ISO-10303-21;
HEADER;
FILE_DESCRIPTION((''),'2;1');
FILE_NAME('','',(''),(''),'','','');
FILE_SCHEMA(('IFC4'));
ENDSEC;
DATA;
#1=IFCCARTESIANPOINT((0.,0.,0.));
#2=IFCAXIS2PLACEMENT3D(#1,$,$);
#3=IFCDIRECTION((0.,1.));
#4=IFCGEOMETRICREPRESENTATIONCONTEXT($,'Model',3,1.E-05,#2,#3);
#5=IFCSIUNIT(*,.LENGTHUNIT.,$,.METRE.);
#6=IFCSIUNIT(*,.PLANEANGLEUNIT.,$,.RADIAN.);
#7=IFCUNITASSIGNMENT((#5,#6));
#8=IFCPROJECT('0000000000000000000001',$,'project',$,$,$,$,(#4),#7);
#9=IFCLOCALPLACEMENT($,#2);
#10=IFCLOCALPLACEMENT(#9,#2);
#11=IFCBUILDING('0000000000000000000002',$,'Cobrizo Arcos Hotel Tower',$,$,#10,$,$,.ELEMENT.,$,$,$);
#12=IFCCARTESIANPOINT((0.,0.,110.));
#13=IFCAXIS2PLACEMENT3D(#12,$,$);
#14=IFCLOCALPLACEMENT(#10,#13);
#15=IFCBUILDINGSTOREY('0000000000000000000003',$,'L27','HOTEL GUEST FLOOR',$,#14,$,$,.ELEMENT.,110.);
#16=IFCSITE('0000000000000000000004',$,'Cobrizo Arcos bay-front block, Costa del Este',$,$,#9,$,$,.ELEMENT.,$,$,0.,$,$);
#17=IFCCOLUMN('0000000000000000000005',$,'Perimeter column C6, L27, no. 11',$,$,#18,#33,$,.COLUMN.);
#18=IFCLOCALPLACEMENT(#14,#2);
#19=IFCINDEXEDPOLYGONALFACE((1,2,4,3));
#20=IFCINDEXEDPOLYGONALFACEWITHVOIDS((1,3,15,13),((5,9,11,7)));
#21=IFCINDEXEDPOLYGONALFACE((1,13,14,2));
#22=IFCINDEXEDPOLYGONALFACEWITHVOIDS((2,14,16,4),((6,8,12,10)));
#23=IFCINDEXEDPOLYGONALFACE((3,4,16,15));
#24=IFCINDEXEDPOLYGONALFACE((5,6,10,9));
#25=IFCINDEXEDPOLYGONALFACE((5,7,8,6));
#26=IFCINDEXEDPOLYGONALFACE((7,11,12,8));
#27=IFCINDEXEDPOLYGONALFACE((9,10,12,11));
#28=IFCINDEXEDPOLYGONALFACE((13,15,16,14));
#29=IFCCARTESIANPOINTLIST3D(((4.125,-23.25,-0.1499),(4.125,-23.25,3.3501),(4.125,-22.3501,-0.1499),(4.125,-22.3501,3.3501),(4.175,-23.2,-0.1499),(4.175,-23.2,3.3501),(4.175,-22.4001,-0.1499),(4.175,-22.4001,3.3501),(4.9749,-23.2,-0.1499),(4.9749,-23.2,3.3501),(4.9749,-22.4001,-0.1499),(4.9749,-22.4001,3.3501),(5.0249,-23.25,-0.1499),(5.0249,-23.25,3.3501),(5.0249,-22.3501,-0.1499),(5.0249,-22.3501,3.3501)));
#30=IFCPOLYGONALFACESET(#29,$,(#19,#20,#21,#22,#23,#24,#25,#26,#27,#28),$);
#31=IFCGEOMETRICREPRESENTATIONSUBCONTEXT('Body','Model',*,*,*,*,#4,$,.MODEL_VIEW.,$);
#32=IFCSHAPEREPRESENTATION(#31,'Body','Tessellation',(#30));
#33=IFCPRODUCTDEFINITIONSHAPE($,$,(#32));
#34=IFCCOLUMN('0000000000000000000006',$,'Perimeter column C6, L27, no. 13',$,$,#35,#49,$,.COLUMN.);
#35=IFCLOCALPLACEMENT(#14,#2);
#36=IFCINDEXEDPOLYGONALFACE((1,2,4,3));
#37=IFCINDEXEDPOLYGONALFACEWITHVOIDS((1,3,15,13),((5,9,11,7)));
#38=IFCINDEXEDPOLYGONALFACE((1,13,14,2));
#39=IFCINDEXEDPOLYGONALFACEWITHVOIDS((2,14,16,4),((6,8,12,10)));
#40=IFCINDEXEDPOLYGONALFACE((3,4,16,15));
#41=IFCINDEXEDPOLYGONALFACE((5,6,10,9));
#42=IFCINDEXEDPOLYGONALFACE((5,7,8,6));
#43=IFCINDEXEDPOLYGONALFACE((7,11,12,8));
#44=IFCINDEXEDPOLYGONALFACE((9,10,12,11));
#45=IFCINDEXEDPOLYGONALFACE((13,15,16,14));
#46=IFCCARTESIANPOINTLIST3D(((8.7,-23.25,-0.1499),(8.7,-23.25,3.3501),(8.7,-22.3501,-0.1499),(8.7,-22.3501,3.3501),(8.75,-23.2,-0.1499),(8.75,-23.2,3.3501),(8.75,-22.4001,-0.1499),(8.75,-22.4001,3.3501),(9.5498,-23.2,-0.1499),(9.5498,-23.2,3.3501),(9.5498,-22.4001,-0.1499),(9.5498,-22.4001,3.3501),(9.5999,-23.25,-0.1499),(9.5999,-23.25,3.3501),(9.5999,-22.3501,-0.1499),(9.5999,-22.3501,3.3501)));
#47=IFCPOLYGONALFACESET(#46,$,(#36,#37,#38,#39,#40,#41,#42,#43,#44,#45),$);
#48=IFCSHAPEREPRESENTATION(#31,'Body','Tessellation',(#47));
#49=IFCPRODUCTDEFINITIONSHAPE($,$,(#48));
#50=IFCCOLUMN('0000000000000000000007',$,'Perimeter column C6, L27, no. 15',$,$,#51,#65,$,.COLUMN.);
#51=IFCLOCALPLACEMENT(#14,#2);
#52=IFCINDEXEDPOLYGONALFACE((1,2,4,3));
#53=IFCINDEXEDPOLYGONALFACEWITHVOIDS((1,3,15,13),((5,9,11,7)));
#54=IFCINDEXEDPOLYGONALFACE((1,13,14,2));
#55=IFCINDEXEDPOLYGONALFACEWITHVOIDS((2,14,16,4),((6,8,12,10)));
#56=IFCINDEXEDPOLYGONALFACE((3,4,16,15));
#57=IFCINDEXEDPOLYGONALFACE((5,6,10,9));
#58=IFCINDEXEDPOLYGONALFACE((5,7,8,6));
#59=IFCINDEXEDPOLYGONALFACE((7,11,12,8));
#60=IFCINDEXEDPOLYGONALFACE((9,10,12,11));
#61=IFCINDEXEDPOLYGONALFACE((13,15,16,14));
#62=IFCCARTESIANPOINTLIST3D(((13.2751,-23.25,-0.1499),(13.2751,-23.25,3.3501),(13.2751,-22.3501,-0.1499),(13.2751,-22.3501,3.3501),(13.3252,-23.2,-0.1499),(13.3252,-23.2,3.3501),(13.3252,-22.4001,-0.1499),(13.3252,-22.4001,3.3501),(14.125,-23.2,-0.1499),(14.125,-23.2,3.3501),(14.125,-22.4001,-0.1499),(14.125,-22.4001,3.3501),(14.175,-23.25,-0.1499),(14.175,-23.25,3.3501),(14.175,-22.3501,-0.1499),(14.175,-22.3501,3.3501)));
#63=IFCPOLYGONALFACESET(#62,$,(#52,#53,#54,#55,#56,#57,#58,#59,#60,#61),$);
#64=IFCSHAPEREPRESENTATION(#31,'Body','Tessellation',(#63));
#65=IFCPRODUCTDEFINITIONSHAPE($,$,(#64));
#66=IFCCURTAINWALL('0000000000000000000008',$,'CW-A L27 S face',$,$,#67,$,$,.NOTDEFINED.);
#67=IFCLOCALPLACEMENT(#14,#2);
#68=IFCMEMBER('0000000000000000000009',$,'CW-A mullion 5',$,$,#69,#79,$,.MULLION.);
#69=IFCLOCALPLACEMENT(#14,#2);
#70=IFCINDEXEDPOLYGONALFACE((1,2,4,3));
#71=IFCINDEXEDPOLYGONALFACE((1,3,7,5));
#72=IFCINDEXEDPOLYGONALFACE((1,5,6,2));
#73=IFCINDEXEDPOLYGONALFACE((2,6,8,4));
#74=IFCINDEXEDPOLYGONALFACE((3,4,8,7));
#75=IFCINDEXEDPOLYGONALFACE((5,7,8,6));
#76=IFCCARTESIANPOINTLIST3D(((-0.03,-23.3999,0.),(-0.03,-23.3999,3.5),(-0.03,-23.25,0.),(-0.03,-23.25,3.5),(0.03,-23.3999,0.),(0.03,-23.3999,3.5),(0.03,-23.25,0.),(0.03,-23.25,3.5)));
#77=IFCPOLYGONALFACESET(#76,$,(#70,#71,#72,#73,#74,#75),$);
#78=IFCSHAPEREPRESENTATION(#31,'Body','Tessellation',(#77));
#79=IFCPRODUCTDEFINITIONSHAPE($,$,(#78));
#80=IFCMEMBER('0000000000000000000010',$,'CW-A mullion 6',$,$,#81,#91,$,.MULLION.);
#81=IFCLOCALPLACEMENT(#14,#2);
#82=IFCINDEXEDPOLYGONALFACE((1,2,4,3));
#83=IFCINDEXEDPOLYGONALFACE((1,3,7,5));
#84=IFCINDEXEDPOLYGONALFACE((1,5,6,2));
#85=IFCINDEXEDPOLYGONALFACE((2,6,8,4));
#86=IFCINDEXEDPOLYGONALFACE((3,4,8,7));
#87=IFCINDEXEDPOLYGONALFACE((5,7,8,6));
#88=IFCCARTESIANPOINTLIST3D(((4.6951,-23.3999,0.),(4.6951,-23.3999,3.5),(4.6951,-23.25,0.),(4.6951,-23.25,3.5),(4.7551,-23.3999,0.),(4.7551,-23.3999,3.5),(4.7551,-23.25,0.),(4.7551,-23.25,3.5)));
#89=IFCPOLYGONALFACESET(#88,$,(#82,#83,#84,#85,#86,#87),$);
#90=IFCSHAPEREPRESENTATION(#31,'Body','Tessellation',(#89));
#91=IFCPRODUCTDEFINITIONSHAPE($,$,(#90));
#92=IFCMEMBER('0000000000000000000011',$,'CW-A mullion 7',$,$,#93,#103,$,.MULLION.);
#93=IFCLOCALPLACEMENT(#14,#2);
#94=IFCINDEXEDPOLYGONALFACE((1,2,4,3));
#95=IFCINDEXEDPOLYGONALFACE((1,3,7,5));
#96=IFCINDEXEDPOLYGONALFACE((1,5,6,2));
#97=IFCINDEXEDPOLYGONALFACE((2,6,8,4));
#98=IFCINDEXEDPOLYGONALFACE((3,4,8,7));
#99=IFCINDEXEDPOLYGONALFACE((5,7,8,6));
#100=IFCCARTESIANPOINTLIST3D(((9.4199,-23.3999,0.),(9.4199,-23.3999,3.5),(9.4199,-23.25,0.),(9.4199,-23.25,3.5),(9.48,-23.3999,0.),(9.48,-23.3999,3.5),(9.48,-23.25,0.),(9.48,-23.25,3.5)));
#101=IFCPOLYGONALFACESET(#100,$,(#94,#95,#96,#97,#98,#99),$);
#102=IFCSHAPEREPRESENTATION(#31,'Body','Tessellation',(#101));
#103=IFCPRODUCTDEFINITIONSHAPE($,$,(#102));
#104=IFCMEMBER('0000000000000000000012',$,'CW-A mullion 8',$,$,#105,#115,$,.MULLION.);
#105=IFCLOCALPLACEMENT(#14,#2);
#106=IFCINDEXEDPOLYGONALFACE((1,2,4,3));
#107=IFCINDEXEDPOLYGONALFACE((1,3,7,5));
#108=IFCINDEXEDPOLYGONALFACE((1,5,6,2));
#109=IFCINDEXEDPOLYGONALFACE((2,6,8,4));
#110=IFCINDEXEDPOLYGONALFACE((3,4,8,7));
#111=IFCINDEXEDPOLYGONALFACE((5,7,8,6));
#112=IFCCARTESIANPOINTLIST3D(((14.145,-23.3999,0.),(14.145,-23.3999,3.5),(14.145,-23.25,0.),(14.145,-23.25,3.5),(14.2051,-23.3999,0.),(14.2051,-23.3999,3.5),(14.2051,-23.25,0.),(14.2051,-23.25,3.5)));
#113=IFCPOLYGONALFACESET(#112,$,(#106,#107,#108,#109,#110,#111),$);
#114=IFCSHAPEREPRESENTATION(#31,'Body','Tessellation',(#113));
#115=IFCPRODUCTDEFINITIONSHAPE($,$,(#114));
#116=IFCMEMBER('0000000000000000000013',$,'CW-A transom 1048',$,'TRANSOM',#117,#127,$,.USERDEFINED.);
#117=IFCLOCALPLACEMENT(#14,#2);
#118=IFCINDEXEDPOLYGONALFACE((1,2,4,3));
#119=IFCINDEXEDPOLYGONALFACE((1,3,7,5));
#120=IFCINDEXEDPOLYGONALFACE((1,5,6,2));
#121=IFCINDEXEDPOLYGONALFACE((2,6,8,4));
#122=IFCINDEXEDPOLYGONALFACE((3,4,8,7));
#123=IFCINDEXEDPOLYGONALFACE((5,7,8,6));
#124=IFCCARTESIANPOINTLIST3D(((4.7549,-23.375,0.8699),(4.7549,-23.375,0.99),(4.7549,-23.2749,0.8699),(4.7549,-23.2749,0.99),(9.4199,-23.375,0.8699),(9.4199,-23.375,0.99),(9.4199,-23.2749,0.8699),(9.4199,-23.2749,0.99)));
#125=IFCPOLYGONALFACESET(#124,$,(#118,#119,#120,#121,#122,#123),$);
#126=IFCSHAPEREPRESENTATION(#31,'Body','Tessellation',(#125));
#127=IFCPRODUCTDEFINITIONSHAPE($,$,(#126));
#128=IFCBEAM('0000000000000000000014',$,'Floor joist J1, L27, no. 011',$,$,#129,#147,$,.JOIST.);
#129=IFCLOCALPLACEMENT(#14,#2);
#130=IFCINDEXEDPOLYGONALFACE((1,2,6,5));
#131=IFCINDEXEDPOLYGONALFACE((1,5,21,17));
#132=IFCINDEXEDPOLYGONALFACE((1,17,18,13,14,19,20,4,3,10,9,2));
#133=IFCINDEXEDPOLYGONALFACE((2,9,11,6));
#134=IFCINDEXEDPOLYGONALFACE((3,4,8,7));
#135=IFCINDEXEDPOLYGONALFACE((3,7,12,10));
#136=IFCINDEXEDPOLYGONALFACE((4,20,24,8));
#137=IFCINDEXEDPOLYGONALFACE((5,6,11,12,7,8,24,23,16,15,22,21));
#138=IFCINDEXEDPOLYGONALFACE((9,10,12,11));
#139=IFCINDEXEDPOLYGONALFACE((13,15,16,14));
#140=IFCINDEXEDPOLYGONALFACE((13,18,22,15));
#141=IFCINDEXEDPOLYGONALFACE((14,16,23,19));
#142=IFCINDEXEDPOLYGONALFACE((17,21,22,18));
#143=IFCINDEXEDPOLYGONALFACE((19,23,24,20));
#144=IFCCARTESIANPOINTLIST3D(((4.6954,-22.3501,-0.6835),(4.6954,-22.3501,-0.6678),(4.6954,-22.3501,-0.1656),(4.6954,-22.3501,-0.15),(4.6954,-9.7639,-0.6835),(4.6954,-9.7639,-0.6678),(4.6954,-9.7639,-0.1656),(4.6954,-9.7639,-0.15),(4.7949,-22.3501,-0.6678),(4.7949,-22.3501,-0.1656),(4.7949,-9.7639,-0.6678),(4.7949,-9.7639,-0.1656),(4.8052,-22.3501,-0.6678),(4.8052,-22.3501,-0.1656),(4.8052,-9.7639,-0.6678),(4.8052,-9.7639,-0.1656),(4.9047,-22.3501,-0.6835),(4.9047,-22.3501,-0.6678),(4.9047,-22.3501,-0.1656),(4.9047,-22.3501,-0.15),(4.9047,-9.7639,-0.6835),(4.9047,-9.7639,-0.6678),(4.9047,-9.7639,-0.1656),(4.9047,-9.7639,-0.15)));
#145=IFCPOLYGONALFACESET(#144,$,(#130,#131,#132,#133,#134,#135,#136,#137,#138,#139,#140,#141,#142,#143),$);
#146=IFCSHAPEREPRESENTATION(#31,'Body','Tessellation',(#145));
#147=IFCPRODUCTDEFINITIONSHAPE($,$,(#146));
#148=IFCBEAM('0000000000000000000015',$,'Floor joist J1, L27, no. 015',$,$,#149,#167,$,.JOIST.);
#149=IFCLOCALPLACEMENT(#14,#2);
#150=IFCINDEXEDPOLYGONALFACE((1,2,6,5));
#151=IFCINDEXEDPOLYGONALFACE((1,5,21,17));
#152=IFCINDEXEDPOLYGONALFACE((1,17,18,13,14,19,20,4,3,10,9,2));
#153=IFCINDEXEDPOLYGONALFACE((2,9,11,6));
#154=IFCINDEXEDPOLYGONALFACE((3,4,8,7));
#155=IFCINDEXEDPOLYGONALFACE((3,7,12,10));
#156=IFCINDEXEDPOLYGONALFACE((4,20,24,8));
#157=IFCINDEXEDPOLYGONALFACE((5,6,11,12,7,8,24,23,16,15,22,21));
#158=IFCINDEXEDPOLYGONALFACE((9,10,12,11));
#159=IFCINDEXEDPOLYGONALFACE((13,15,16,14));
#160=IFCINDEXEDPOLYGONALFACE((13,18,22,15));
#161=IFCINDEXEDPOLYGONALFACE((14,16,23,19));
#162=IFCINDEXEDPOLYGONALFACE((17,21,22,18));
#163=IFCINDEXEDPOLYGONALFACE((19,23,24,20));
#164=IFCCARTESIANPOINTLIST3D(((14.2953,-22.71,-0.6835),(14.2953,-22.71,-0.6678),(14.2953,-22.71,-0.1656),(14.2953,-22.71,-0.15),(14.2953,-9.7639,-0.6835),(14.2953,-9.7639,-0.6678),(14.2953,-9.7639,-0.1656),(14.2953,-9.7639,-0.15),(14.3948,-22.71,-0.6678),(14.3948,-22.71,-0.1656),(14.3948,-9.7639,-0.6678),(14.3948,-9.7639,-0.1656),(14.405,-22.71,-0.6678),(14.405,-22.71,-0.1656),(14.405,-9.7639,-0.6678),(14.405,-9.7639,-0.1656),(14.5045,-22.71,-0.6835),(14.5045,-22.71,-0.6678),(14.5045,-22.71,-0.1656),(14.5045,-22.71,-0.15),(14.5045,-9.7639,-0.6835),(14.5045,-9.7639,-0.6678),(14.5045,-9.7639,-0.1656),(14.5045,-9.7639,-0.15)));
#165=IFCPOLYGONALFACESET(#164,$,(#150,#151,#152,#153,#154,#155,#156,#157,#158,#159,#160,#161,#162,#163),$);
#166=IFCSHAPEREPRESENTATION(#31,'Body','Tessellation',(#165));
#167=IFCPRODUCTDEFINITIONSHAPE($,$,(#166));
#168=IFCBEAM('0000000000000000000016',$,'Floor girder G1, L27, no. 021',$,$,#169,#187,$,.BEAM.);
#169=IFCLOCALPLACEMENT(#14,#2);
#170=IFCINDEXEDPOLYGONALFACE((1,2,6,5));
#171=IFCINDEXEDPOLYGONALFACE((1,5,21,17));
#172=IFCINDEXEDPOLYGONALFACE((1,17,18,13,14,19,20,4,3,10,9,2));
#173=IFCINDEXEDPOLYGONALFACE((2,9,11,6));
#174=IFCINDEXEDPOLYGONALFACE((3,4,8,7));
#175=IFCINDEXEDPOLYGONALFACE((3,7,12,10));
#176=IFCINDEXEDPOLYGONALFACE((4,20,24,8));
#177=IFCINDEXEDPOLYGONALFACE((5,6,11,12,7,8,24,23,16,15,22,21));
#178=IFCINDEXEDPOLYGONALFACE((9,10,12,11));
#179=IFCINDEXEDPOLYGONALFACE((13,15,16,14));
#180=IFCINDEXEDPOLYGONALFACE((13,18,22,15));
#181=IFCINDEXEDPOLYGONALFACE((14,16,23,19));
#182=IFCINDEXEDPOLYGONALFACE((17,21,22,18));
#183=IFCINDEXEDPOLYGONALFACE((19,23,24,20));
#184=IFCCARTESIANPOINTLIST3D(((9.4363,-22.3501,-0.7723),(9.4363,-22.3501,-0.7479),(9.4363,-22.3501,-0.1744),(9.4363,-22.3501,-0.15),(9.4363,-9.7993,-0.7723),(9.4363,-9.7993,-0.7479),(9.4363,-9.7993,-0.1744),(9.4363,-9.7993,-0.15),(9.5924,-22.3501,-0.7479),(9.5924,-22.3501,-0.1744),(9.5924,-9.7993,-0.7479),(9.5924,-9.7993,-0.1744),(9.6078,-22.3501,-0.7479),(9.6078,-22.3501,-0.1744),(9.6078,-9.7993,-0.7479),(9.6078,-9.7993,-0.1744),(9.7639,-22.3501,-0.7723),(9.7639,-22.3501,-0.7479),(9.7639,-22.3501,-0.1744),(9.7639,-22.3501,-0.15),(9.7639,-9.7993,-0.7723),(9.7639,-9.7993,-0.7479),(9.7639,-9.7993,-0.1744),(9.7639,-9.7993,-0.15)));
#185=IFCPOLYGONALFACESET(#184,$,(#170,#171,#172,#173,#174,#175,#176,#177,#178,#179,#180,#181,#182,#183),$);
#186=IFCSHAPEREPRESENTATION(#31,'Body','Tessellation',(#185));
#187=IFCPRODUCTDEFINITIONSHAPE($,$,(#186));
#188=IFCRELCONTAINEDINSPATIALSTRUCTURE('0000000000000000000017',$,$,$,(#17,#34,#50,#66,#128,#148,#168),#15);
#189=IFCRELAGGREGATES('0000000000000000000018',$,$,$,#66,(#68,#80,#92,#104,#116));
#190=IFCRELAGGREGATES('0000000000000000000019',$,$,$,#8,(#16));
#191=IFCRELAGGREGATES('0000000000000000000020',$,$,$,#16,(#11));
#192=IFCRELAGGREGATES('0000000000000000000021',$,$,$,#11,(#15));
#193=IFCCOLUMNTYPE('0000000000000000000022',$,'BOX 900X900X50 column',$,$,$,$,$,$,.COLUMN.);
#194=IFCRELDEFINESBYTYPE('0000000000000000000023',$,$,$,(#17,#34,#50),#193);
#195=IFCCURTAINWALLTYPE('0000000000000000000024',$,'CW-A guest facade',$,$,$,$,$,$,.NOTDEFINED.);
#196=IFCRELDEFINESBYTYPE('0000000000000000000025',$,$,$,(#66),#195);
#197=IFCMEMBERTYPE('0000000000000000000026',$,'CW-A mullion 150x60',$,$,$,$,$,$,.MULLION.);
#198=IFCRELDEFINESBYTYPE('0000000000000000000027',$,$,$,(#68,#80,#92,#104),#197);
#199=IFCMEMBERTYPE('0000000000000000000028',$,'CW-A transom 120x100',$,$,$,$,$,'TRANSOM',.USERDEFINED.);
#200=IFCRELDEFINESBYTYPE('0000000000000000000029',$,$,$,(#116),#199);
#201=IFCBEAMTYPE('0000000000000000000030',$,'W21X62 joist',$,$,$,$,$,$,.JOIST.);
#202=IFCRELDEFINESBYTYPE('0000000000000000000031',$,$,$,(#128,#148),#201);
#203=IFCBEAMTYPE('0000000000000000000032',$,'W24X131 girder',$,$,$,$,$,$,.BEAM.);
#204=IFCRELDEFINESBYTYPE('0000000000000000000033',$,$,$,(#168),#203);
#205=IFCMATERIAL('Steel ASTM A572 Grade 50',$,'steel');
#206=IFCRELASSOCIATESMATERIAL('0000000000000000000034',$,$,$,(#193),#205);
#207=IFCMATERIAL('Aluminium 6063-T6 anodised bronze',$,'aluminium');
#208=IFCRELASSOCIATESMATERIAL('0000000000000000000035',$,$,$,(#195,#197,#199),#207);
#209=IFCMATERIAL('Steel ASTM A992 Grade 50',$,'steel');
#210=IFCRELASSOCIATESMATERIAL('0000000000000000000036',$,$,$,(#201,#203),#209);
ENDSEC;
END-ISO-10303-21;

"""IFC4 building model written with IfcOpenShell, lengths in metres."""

from ifc_helpers import new_model, si_unit, direction, frame, origin, origin_2d, place, context, subcontext, project, spatial, rectangle, hollow_rectangle, i_section, extrude, material, material_profile, profile_set, type_object, element, aggregate, save


model = new_model("IFC4")

# Units and contexts
model_context = context("Model", 3, precision=1e-05, world=origin(), true_north=direction((0.0, 1.0)))
body_context = subcontext(model_context, "Body", "Model", "MODEL_VIEW")
ifc_project = project(units=[si_unit("LENGTHUNIT", "METRE"), si_unit("PLANEANGLEUNIT", "RADIAN")], contexts=[model_context])

# Site, building, storey
site_placement = place(None, origin())
site = spatial("IfcSite", under=ifc_project, at=site_placement, Name="Cobrizo Arcos bay-front block, Costa del Este", CompositionType="ELEMENT", RefElevation=0.0)
building_placement = place(site_placement, origin())
building = spatial("IfcBuilding", under=site, at=building_placement, Name="Cobrizo Arcos Hotel Tower", CompositionType="ELEMENT")
storey_placement = place(building_placement, frame((0.0, 0.0, 110.0)))
storey = spatial("IfcBuildingStorey", under=building, at=storey_placement, Name="L27", Description="HOTEL GUEST FLOOR", CompositionType="ELEMENT", Elevation=110.0)

# Columns
ifc_material_1 = material(Name="Steel ASTM A572 Grade 50", Category="steel")
ifc_material_profile_1 = material_profile(ifc_material_1, hollow_rectangle(XDim=0.8999, YDim=0.8999, WallThickness=0.05, at=origin_2d()), Name="BOX 900X900X50")
ifc_profile_set_1 = profile_set([ifc_material_profile_1], Name="Steel ASTM A572 Grade 50")
column_type = type_object("IfcColumnType", Name="BOX 900X900X50 column", PredefinedType="COLUMN", material=ifc_profile_set_1)
for number, where, z_axis, x_axis, name in (
    (1, (4.575, -22.8, -0.1499), (0.0, 0.0, 1.0), (1.0, 0.0, 0.0), "Perimeter column C6, L27, no. 11"),
    (2, (9.1499, -22.8, -0.1499), (0.0, 0.0, 1.0), (1.0, 0.0, 0.0), "Perimeter column C6, L27, no. 13"),
    (3, (13.7251, -22.8, -0.1499), (0.0, 0.0, 1.0), (1.0, 0.0, 0.0), "Perimeter column C6, L27, no. 15"),
):
    element("IfcColumn", number, at=place(storey_placement, frame(where, z_axis=z_axis, x_axis=x_axis)), inside=storey, type_object=column_type, Name=name, PredefinedType="COLUMN", context=body_context, shape_type="SweptSolid", body=[
        extrude(hollow_rectangle(XDim=0.8999, YDim=0.8999, WallThickness=0.05, at=origin_2d()), origin(), (0.0, 0.0, 1.0), 3.5),
    ])

# Curtain wall, members
ifc_material_2 = material(Name="Aluminium 6063-T6 anodised bronze", Category="aluminium")
curtain_wall_type = type_object("IfcCurtainWallType", Name="CW-A guest facade", PredefinedType="NOTDEFINED", material=ifc_material_2)
curtain_wall_placement = place(storey_placement, origin())
curtain_wall = element("IfcCurtainWall", 4, at=curtain_wall_placement, inside=storey, type_object=curtain_wall_type, Name="CW-A L27 S face", PredefinedType="NOTDEFINED")
ifc_material_profile_2 = material_profile(ifc_material_2, rectangle(XDim=0.1499, YDim=0.0601, at=origin_2d()), Name="CW-A mullion 150x60")
ifc_profile_set_2 = profile_set([ifc_material_profile_2], Name="Aluminium 6063-T6 anodised bronze")
member_type_1 = type_object("IfcMemberType", Name="CW-A mullion 150x60", PredefinedType="MULLION", material=ifc_profile_set_2)
member_1_placement = place(storey_placement, frame((0.0, -23.325, 0.0), z_axis=(0.0, 0.0, 1.0), x_axis=(0.0, -1.0, 0.0)))
member_1 = element("IfcMember", 5, at=member_1_placement, type_object=member_type_1, Name="CW-A mullion 5", PredefinedType="MULLION", context=body_context, shape_type="SweptSolid", body=[
    extrude(rectangle(XDim=0.1499, YDim=0.0601, at=origin_2d()), origin(), (0.0, 0.0, 1.0), 3.5),
])
member_2_placement = place(storey_placement, frame((4.7251, -23.325, 0.0), z_axis=(0.0, 0.0, 1.0), x_axis=(0.0, -1.0, 0.0)))
member_2 = element("IfcMember", 6, at=member_2_placement, type_object=member_type_1, Name="CW-A mullion 6", PredefinedType="MULLION", context=body_context, shape_type="SweptSolid", body=[
    extrude(rectangle(XDim=0.1499, YDim=0.0601, at=origin_2d()), origin(), (0.0, 0.0, 1.0), 3.5),
])
member_3_placement = place(storey_placement, frame((9.45, -23.325, 0.0), z_axis=(0.0, 0.0, 1.0), x_axis=(0.0, -1.0, 0.0)))
member_3 = element("IfcMember", 7, at=member_3_placement, type_object=member_type_1, Name="CW-A mullion 7", PredefinedType="MULLION", context=body_context, shape_type="SweptSolid", body=[
    extrude(rectangle(XDim=0.1499, YDim=0.0601, at=origin_2d()), origin(), (0.0, 0.0, 1.0), 3.5),
])
member_4_placement = place(storey_placement, frame((14.175, -23.325, 0.0), z_axis=(0.0, 0.0, 1.0), x_axis=(0.0, -1.0, 0.0)))
member_4 = element("IfcMember", 8, at=member_4_placement, type_object=member_type_1, Name="CW-A mullion 8", PredefinedType="MULLION", context=body_context, shape_type="SweptSolid", body=[
    extrude(rectangle(XDim=0.1499, YDim=0.0601, at=origin_2d()), origin(), (0.0, 0.0, 1.0), 3.5),
])
ifc_material_profile_3 = material_profile(ifc_material_2, rectangle(XDim=0.1001, YDim=0.1201, at=origin_2d()), Name="CW-A transom 120x100")
ifc_profile_set_3 = profile_set([ifc_material_profile_3], Name="Aluminium 6063-T6 anodised bronze")
member_type_2 = type_object("IfcMemberType", Name="CW-A transom 120x100", ElementType="TRANSOM", PredefinedType="USERDEFINED", material=ifc_profile_set_3)
member_5_placement = place(storey_placement, frame((4.7549, -23.325, 0.9299), z_axis=(1.0, 0.0, 0.0), x_axis=(0.0, 1.0, 0.0)))
member_5 = element("IfcMember", 9, at=member_5_placement, type_object=member_type_2, Name="CW-A transom 1048", ObjectType="TRANSOM", PredefinedType="USERDEFINED", context=body_context, shape_type="SweptSolid", body=[
    extrude(rectangle(XDim=0.1001, YDim=0.1201, at=origin_2d()), origin(), (0.0, 0.0, 1.0), 4.665),
])

# Beams
ifc_material_3 = material(Name="Steel ASTM A992 Grade 50", Category="steel")
ifc_material_profile_4 = material_profile(ifc_material_3, i_section(OverallWidth=0.2092, OverallDepth=0.5334, WebThickness=0.0103, FlangeThickness=0.0156, at=origin_2d()), Name="W21X62")
ifc_profile_set_4 = profile_set([ifc_material_profile_4], Name="Steel ASTM A992 Grade 50")
beam_type_1 = type_object("IfcBeamType", Name="W21X62 joist", PredefinedType="JOIST", material=ifc_profile_set_4)
beam_1_placement = place(storey_placement, frame((4.8, -22.3501, -0.4167), z_axis=(0.0, 1.0, 0.0), x_axis=(-1.0, 0.0, 0.0)))
element("IfcBeam", 10, at=beam_1_placement, inside=storey, type_object=beam_type_1, Name="Floor joist J1, L27, no. 011", PredefinedType="JOIST", context=body_context, shape_type="SweptSolid", body=[
    extrude(i_section(OverallWidth=0.2092, OverallDepth=0.5334, WebThickness=0.0103, FlangeThickness=0.0156, at=origin_2d()), origin(), (0.0, 0.0, 1.0), 12.5862),
])
beam_2_placement = place(storey_placement, frame((14.3999, -22.71, -0.4167), z_axis=(0.0, 1.0, 0.0), x_axis=(-1.0, 0.0, 0.0)))
element("IfcBeam", 11, at=beam_2_placement, inside=storey, type_object=beam_type_1, Name="Floor joist J1, L27, no. 015", PredefinedType="JOIST", context=body_context, shape_type="SweptSolid", body=[
    extrude(i_section(OverallWidth=0.2092, OverallDepth=0.5334, WebThickness=0.0103, FlangeThickness=0.0156, at=origin_2d()), origin(), (0.0, 0.0, 1.0), 12.946),
])
ifc_material_profile_5 = material_profile(ifc_material_3, i_section(OverallWidth=0.3276, OverallDepth=0.6223, WebThickness=0.0154, FlangeThickness=0.0244, at=origin_2d()), Name="W24X131")
ifc_profile_set_5 = profile_set([ifc_material_profile_5], Name="Steel ASTM A992 Grade 50")
beam_type_2 = type_object("IfcBeamType", Name="W24X131 girder", PredefinedType="BEAM", material=ifc_profile_set_5)
beam_3_placement = place(storey_placement, frame((9.6001, -22.3501, -0.4612), z_axis=(0.0, 1.0, 0.0), x_axis=(-1.0, 0.0, 0.0)))
element("IfcBeam", 12, at=beam_3_placement, inside=storey, type_object=beam_type_2, Name="Floor girder G1, L27, no. 021", PredefinedType="BEAM", context=body_context, shape_type="SweptSolid", body=[
    extrude(i_section(OverallWidth=0.3276, OverallDepth=0.6223, WebThickness=0.0154, FlangeThickness=0.0244, at=origin_2d()), origin(), (0.0, 0.0, 1.0), 12.5508),
])

aggregate(curtain_wall, [member_1, member_2, member_3, member_4, member_5])

save(model, "model.ifc")
